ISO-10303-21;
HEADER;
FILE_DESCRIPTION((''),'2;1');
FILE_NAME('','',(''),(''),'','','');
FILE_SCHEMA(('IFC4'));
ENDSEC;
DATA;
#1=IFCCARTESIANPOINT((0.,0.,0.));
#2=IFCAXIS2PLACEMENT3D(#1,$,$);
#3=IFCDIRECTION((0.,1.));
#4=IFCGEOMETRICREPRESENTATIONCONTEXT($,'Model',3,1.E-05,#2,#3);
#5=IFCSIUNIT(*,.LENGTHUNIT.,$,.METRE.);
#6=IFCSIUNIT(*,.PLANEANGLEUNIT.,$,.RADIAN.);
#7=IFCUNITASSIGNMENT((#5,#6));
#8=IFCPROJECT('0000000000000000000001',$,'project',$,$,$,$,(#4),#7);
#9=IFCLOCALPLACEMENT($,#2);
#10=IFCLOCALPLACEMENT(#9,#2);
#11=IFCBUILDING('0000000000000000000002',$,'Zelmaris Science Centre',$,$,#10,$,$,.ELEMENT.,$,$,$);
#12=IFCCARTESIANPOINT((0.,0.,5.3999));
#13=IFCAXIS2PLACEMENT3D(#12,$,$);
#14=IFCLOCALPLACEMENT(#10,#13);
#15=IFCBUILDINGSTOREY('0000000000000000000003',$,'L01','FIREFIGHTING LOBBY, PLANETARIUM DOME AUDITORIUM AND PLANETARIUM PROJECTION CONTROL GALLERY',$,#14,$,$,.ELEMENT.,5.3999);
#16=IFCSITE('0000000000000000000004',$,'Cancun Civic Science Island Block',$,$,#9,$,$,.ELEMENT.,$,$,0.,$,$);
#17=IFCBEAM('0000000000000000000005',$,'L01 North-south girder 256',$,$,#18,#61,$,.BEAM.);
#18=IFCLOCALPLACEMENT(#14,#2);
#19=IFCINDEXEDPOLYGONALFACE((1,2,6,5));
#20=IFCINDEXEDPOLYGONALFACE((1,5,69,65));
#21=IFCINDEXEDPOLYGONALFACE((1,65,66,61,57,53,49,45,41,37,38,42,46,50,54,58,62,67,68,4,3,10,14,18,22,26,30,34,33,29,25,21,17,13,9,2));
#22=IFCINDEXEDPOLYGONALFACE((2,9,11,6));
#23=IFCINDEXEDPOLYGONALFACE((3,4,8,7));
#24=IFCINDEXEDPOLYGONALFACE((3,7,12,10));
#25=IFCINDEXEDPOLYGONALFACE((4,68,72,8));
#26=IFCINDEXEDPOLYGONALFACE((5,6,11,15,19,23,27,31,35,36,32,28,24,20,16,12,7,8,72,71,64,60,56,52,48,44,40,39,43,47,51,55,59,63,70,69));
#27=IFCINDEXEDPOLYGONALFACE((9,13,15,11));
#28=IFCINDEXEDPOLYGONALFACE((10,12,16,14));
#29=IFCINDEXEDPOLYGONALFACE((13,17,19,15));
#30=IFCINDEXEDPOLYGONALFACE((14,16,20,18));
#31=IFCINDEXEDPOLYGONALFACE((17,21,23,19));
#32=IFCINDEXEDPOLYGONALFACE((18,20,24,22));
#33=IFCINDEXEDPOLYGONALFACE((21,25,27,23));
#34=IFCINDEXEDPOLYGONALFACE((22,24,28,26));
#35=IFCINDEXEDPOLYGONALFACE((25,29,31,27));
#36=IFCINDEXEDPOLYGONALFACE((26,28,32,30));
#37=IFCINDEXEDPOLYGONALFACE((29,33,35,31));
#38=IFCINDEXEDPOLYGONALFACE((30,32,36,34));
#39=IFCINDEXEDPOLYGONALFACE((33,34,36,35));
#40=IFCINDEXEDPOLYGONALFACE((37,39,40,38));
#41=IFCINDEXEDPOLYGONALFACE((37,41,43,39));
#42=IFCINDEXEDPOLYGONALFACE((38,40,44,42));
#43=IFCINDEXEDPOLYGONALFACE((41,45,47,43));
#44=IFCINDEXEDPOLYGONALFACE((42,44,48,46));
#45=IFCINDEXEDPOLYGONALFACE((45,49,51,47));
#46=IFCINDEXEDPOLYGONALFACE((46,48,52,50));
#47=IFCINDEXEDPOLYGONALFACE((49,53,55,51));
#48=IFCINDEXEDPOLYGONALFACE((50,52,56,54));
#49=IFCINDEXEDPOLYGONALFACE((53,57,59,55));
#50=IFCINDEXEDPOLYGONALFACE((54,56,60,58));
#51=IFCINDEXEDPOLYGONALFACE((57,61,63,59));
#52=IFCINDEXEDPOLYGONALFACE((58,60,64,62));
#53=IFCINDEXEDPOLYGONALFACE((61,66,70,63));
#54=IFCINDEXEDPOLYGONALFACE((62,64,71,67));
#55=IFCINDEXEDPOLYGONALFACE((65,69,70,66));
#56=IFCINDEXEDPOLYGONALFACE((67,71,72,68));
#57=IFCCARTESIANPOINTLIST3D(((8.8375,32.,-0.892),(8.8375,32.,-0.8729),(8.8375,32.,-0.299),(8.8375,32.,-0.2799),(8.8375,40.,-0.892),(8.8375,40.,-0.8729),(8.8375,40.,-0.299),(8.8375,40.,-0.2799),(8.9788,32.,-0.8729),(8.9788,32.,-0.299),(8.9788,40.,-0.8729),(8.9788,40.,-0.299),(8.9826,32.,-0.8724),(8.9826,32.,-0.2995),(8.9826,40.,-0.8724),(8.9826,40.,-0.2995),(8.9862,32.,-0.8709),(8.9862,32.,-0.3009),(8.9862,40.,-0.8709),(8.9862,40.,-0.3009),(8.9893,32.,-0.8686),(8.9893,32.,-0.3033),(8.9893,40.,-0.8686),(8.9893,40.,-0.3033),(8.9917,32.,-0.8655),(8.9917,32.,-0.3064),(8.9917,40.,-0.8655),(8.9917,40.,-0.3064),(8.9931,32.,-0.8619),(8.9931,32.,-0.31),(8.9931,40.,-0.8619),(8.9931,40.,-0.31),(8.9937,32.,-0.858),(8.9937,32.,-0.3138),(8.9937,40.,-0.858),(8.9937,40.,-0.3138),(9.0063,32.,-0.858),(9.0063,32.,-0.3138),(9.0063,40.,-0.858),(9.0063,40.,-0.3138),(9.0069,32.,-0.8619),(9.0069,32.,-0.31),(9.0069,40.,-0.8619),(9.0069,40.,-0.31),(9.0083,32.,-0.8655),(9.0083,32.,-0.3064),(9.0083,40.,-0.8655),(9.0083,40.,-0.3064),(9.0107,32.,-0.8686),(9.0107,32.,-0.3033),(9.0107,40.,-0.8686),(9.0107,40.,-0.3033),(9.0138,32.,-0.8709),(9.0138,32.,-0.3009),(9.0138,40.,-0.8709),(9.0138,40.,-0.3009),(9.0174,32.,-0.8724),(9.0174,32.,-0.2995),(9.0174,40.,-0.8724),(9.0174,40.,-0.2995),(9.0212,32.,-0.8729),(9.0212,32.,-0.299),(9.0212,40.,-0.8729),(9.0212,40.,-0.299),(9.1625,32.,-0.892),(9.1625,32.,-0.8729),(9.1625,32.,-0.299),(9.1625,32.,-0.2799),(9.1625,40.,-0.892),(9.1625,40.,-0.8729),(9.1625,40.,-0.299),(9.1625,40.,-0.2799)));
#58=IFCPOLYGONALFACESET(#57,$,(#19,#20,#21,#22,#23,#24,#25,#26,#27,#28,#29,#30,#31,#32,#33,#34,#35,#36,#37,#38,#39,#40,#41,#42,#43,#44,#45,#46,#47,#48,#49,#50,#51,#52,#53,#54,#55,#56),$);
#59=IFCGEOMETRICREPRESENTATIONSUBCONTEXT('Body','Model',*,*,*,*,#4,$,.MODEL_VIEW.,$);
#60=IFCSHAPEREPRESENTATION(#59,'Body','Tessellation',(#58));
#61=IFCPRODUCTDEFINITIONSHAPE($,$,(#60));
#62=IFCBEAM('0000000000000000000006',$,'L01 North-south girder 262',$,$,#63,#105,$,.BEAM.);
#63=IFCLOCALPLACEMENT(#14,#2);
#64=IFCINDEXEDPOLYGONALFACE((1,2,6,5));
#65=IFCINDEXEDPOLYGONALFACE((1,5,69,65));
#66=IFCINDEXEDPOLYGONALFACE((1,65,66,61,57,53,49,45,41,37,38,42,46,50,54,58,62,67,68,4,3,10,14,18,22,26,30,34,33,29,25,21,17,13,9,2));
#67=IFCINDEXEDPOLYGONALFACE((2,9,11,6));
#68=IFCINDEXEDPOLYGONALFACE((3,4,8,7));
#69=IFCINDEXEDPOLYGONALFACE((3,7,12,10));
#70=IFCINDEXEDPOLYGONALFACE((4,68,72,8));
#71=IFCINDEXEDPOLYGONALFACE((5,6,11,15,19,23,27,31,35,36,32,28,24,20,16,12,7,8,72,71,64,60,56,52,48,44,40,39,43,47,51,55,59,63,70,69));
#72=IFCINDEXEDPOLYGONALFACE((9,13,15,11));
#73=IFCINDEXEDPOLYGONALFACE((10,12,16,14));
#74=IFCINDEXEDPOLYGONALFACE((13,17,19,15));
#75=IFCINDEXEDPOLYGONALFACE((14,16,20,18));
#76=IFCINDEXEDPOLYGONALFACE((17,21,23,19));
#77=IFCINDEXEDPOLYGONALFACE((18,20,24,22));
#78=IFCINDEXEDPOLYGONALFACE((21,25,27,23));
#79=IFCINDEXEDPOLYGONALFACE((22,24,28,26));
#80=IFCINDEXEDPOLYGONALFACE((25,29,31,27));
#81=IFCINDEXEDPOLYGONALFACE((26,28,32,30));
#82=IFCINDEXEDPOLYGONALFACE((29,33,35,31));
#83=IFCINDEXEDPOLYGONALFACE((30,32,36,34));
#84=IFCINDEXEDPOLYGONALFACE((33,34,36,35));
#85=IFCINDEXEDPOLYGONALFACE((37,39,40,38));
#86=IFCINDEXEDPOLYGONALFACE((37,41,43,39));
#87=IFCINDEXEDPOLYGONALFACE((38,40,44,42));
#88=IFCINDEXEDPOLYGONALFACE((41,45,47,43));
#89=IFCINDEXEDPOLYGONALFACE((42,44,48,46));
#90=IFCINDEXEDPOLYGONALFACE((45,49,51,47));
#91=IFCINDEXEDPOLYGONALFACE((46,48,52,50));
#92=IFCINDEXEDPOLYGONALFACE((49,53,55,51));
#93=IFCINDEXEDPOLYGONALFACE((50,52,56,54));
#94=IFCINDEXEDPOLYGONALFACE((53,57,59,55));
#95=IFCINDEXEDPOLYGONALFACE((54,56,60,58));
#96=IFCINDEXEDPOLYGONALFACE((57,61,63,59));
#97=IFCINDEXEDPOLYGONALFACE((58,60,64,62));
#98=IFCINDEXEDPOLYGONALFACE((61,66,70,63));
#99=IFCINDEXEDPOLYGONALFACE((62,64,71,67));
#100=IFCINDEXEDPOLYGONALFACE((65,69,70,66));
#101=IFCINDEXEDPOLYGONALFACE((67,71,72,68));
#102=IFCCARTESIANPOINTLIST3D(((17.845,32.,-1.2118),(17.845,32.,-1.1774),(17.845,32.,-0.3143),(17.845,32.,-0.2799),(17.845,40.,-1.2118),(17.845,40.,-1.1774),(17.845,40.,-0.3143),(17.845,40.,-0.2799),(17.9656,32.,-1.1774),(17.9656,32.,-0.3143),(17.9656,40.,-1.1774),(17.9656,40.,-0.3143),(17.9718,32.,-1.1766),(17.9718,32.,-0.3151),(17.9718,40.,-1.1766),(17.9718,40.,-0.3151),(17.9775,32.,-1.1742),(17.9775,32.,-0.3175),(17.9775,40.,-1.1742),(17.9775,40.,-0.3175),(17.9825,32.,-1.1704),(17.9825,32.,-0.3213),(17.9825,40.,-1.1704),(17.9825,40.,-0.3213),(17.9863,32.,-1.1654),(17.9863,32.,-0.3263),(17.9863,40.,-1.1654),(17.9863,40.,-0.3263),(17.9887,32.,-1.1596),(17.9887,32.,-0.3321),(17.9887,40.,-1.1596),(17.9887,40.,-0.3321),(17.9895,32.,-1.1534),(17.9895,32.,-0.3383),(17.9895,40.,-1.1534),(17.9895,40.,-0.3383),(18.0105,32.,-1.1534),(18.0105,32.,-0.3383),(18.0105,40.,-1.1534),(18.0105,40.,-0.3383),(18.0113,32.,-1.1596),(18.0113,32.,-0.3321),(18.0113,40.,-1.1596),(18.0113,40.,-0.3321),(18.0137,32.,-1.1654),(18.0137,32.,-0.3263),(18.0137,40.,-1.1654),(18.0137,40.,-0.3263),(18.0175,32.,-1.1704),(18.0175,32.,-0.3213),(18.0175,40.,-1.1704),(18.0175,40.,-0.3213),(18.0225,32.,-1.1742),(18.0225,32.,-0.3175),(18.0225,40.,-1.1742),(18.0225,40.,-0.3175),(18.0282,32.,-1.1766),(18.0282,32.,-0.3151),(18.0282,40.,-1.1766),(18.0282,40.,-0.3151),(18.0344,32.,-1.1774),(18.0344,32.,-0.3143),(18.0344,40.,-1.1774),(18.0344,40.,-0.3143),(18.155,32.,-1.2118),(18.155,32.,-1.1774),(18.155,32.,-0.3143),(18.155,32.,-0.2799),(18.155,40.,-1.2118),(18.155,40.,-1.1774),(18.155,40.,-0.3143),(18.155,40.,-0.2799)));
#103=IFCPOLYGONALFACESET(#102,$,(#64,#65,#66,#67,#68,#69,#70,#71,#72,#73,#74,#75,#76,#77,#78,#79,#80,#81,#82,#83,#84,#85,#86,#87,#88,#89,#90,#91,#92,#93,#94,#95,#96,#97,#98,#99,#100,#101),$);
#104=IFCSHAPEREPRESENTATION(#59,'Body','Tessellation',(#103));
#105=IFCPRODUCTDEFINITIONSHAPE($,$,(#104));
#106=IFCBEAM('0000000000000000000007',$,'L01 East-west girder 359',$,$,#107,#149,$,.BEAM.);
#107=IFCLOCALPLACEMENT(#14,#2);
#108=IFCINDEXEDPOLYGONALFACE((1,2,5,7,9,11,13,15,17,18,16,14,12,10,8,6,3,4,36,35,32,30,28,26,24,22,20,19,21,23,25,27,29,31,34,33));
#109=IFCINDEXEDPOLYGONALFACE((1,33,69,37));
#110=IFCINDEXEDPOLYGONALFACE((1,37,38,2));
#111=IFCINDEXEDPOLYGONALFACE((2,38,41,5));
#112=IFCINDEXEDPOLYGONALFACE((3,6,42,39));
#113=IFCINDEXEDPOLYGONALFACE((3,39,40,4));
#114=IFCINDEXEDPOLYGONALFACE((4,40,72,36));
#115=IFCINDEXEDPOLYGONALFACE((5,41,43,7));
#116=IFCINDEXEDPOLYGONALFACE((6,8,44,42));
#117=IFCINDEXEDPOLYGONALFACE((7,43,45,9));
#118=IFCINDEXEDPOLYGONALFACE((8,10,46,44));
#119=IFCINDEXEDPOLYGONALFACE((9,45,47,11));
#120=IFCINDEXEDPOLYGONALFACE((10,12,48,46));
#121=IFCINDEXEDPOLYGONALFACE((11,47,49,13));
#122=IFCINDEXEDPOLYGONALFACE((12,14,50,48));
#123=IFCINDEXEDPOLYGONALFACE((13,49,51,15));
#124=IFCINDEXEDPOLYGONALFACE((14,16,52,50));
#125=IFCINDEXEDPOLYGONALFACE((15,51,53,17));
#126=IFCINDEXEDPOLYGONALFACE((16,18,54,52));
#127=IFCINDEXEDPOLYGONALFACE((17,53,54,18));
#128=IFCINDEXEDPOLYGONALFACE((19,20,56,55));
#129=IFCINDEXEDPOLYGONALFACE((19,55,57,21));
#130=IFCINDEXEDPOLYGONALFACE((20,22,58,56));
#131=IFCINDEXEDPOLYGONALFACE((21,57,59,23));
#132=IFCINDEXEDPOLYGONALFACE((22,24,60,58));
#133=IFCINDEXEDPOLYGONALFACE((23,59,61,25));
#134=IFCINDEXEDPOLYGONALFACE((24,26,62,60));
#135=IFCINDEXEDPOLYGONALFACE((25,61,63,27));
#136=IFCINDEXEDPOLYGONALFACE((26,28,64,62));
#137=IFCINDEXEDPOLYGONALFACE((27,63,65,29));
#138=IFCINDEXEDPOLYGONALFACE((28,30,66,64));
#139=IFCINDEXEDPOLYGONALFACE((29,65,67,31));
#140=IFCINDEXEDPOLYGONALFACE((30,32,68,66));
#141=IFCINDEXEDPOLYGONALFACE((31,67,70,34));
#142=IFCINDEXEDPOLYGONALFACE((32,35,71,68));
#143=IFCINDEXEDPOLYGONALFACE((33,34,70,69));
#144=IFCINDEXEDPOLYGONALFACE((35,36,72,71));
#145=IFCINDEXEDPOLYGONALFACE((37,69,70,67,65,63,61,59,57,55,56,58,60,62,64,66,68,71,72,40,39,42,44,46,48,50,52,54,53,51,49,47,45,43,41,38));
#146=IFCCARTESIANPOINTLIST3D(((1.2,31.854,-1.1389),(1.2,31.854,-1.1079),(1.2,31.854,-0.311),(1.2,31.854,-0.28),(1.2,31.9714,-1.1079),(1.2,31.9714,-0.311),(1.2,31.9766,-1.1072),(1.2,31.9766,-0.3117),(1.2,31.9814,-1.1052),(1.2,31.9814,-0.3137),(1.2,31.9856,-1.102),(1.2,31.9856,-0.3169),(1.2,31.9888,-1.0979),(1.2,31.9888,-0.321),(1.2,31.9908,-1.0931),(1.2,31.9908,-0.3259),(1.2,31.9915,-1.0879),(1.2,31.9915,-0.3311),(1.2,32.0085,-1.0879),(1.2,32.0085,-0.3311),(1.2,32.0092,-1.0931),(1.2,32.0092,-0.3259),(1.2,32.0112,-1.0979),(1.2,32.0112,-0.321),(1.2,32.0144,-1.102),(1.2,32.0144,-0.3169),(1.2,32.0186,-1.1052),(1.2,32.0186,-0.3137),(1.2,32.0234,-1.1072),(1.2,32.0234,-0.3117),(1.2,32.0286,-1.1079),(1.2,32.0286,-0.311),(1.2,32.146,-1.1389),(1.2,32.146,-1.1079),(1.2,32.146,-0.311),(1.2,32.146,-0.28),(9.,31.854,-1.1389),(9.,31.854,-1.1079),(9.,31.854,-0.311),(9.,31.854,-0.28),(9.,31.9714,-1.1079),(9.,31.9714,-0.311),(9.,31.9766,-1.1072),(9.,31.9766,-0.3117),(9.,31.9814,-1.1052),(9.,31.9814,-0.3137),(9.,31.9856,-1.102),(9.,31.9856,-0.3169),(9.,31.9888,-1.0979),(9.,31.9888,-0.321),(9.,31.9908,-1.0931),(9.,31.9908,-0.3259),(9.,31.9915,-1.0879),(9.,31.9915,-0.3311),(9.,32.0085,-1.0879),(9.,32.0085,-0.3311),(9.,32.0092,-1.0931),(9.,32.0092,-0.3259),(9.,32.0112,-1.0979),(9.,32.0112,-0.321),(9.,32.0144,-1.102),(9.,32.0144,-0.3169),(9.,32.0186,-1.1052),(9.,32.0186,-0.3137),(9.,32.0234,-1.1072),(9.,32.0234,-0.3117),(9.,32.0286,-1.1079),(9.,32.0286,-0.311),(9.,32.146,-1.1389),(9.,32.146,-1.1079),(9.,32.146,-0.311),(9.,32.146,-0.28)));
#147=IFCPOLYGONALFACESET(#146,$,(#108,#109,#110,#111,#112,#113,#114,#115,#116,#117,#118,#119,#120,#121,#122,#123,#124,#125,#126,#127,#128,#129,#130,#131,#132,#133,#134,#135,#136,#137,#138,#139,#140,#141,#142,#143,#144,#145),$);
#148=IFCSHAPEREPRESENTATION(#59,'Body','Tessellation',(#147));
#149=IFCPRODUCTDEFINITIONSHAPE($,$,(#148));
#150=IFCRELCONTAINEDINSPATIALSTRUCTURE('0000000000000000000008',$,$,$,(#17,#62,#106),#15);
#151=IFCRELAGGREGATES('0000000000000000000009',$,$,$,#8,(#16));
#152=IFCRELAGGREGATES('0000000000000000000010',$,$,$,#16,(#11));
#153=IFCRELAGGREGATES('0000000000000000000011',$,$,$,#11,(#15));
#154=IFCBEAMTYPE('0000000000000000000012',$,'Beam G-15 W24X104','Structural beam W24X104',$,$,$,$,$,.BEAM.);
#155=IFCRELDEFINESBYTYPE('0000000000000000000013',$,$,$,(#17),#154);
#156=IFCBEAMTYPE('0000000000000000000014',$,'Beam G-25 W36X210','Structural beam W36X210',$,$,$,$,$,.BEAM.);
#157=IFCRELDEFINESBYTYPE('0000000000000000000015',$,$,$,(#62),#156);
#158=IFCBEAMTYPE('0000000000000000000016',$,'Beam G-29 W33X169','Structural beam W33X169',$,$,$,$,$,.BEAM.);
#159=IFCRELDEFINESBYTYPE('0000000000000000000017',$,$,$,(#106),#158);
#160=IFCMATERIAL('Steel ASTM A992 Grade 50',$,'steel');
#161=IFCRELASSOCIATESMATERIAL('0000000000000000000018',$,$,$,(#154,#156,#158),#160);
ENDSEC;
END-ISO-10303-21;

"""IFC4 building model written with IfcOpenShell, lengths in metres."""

from ifc_helpers import new_model, si_unit, direction, frame, origin, origin_2d, place, context, subcontext, project, spatial, i_section, extrude, material, material_profile, profile_set, type_object, element, save


model = new_model("IFC4")

# Units and contexts
model_context = context("Model", 3, precision=1e-05, world=origin(), true_north=direction((0.0, 1.0)))
body_context = subcontext(model_context, "Body", "Model", "MODEL_VIEW")
ifc_project = project(units=[si_unit("LENGTHUNIT", "METRE"), si_unit("PLANEANGLEUNIT", "RADIAN")], contexts=[model_context])

# Site, building, storey
site_placement = place(None, origin())
site = spatial("IfcSite", under=ifc_project, at=site_placement, Name="Cancun Civic Science Island Block", CompositionType="ELEMENT", RefElevation=0.0)
building_placement = place(site_placement, origin())
building = spatial("IfcBuilding", under=site, at=building_placement, Name="Zelmaris Science Centre", CompositionType="ELEMENT")
storey_placement = place(building_placement, frame((0.0, 0.0, 5.3999)))
storey = spatial("IfcBuildingStorey", under=building, at=storey_placement, Name="L01", Description="FIREFIGHTING LOBBY, PLANETARIUM DOME AUDITORIUM AND PLANETARIUM PROJECTION CONTROL GALLERY", CompositionType="ELEMENT", Elevation=5.3999)

# Shared definitions
ifc_material_1 = material(Name="Steel ASTM A992 Grade 50", Category="steel")

# Beams
ifc_material_profile_1 = material_profile(ifc_material_1, i_section(OverallWidth=0.325, OverallDepth=0.6121, WebThickness=0.0127, FlangeThickness=0.019, FilletRadius=0.0149, at=origin_2d()), Name="W24X104")
ifc_profile_set_1 = profile_set([ifc_material_profile_1], Name="Steel ASTM A992 Grade 50")
beam_type_1 = type_object("IfcBeamType", Name="Beam G-15 W24X104", Description="Structural beam W24X104", PredefinedType="BEAM", material=ifc_profile_set_1)
beam_1_placement = place(storey_placement, frame((9.0, 32.0, -0.5859), z_axis=(0.0, 1.0, 0.0), x_axis=(-1.0, 0.0, 0.0)))
element("IfcBeam", 1, at=beam_1_placement, inside=storey, type_object=beam_type_1, Name="L01 North-south girder 256", PredefinedType="BEAM", context=body_context, shape_type="SweptSolid", body=[
    extrude(i_section(OverallWidth=0.325, OverallDepth=0.6121, WebThickness=0.0127, FlangeThickness=0.019, FilletRadius=0.0149, at=origin_2d()), origin(), (0.0, 0.0, 1.0), 8.0),
])
ifc_material_profile_2 = material_profile(ifc_material_1, i_section(OverallWidth=0.3101, OverallDepth=0.9319, WebThickness=0.021, FlangeThickness=0.0344, FilletRadius=0.0239, at=origin_2d()), Name="W36X210")
ifc_profile_set_2 = profile_set([ifc_material_profile_2], Name="Steel ASTM A992 Grade 50")
beam_type_2 = type_object("IfcBeamType", Name="Beam G-25 W36X210", Description="Structural beam W36X210", PredefinedType="BEAM", material=ifc_profile_set_2)
beam_2_placement = place(storey_placement, frame((18.0, 32.0, -0.7458), z_axis=(0.0, 1.0, 0.0), x_axis=(-1.0, 0.0, 0.0)))
element("IfcBeam", 2, at=beam_2_placement, inside=storey, type_object=beam_type_2, Name="L01 North-south girder 262", PredefinedType="BEAM", context=body_context, shape_type="SweptSolid", body=[
    extrude(i_section(OverallWidth=0.3101, OverallDepth=0.9319, WebThickness=0.021, FlangeThickness=0.0344, FilletRadius=0.0239, at=origin_2d()), origin(), (0.0, 0.0, 1.0), 8.0),
])
ifc_material_profile_3 = material_profile(ifc_material_1, i_section(OverallWidth=0.292, OverallDepth=0.8589, WebThickness=0.0171, FlangeThickness=0.031, FilletRadius=0.02, at=origin_2d()), Name="W33X169")
ifc_profile_set_3 = profile_set([ifc_material_profile_3], Name="Steel ASTM A992 Grade 50")
beam_type_3 = type_object("IfcBeamType", Name="Beam G-29 W33X169", Description="Structural beam W33X169", PredefinedType="BEAM", material=ifc_profile_set_3)
beam_3_placement = place(storey_placement, frame((1.2, 32.0, -0.7095), z_axis=(1.0, 0.0, 0.0), x_axis=(0.0, 1.0, 0.0)))
element("IfcBeam", 3, at=beam_3_placement, inside=storey, type_object=beam_type_3, Name="L01 East-west girder 359", PredefinedType="BEAM", context=body_context, shape_type="SweptSolid", body=[
    extrude(i_section(OverallWidth=0.292, OverallDepth=0.8589, WebThickness=0.0171, FlangeThickness=0.031, FilletRadius=0.02, at=origin_2d()), origin(), (0.0, 0.0, 1.0), 7.8),
])

save(model, "model.ifc")
